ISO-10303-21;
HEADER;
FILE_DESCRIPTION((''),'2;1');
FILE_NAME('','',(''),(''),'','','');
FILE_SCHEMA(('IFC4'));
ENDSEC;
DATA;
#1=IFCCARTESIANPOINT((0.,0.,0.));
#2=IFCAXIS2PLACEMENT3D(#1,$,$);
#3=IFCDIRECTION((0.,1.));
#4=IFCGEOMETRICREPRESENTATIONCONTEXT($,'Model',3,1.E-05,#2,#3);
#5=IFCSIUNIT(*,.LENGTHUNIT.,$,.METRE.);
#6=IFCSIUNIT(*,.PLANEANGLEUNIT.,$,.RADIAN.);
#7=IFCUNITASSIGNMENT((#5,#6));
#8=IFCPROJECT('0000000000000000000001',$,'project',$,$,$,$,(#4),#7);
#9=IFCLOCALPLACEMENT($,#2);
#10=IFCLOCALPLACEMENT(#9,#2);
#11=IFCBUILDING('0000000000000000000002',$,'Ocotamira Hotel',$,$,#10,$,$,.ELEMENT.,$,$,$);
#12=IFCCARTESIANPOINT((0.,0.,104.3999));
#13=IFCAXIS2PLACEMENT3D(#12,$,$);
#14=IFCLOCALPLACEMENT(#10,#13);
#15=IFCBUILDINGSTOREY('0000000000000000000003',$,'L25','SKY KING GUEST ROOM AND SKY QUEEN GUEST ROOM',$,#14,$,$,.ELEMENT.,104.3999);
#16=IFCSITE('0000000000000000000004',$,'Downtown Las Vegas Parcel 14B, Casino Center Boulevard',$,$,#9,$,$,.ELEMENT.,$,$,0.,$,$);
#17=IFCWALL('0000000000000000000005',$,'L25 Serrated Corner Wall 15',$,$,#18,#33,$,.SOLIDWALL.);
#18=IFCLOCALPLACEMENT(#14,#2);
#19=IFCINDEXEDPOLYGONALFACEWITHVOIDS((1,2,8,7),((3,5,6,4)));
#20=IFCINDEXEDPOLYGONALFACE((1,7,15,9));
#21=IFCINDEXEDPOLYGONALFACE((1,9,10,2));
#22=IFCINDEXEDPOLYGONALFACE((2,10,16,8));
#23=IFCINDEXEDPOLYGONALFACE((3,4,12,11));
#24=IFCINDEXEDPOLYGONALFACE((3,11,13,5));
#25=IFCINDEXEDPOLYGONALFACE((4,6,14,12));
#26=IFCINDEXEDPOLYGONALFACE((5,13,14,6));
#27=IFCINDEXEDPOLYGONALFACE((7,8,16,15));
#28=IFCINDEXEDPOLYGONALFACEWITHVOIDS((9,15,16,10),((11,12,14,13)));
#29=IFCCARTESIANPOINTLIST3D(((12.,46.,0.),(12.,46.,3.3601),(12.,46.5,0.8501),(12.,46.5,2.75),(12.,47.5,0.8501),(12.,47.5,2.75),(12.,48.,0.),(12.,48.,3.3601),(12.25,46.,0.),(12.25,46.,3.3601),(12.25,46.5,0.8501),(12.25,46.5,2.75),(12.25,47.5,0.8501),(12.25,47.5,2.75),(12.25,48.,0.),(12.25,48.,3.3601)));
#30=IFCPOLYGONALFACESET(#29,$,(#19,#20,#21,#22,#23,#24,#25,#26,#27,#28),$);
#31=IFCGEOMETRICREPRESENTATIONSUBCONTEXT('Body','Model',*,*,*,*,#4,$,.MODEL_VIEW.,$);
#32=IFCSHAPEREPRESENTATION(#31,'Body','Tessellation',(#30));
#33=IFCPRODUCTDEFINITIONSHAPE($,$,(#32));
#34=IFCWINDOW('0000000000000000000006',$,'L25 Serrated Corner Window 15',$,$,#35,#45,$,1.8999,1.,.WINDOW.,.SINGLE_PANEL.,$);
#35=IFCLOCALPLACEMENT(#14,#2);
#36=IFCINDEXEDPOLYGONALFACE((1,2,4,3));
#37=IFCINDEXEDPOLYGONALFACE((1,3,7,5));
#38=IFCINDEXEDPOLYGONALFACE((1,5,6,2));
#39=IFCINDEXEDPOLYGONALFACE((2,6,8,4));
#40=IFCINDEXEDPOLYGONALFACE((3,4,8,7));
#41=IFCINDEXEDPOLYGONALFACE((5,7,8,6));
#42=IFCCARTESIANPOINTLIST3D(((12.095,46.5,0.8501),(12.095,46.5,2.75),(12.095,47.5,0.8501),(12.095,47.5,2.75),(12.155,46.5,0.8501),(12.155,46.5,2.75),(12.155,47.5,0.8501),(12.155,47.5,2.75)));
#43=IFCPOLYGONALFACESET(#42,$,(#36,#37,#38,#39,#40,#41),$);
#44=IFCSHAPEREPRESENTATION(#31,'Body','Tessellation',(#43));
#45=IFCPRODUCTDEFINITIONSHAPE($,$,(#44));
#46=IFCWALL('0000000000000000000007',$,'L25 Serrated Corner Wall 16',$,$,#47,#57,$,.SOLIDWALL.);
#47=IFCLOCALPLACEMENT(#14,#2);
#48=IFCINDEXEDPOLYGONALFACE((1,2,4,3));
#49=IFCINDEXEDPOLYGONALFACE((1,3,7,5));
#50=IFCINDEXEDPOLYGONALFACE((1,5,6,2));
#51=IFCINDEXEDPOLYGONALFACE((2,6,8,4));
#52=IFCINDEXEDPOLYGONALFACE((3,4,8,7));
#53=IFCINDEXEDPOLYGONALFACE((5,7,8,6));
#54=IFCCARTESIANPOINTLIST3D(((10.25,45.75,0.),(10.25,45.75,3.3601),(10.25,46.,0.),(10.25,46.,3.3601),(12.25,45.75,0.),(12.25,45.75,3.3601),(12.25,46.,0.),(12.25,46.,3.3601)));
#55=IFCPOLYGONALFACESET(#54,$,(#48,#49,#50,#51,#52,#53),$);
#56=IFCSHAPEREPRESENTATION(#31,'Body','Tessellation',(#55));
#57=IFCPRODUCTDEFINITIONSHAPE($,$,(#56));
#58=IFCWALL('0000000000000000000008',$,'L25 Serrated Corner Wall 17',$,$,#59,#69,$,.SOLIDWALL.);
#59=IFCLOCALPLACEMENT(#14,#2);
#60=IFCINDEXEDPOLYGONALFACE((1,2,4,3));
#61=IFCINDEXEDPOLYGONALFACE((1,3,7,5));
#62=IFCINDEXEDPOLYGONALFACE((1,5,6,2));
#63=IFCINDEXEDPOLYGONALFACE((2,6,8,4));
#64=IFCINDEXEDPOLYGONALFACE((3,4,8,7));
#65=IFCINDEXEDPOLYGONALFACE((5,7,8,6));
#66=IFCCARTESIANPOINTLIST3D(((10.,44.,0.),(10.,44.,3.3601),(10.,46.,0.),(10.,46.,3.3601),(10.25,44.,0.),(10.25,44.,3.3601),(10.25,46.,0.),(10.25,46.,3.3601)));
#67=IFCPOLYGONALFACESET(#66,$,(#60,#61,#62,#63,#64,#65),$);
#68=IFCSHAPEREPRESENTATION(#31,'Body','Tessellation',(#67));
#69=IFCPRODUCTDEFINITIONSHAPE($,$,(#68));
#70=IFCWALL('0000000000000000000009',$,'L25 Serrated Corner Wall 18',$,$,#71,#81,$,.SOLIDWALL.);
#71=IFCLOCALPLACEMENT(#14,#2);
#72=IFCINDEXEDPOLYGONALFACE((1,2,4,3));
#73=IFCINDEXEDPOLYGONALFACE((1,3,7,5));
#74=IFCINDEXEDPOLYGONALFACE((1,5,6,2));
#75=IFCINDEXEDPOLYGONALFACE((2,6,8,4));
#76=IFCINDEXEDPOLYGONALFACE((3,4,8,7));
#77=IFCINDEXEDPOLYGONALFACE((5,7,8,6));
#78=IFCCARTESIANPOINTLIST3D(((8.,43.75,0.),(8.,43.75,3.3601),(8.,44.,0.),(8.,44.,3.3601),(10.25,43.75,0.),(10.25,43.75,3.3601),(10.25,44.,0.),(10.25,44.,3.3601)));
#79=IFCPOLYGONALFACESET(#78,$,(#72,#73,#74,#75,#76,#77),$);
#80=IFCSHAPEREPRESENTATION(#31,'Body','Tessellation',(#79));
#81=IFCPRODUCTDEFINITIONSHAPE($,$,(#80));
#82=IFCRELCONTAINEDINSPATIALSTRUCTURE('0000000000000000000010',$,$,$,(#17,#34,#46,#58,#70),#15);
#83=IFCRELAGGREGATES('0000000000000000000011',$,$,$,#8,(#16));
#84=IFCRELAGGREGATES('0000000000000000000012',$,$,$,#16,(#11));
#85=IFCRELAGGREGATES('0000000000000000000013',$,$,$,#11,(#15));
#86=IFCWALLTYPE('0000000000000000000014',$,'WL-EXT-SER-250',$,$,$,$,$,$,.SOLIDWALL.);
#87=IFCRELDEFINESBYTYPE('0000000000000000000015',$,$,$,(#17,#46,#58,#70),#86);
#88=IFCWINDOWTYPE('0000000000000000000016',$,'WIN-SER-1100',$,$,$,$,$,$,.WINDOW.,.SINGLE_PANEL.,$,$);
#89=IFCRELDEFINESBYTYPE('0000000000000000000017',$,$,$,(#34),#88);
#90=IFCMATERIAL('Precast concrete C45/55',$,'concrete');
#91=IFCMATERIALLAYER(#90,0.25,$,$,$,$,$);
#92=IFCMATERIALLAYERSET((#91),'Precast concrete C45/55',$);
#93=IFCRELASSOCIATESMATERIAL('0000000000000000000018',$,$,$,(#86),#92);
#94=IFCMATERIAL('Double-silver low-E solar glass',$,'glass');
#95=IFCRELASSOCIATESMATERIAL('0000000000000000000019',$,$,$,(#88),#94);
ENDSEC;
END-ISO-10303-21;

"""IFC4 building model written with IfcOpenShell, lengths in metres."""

from ifc_helpers import new_model, si_unit, direction, frame, frame_2d, origin, place, context, subcontext, project, spatial, rectangle, extrude, source, transform, mapped, material, layer, layer_set, type_object, element, fill, save


model = new_model("IFC4")

# Units and contexts
model_context = context("Model", 3, precision=1e-05, world=origin(), true_north=direction((0.0, 1.0)))
body_context = subcontext(model_context, "Body", "Model", "MODEL_VIEW")
ifc_project = project(units=[si_unit("LENGTHUNIT", "METRE"), si_unit("PLANEANGLEUNIT", "RADIAN")], contexts=[model_context])

# Site, building, storey
site_placement = place(None, origin())
site = spatial("IfcSite", under=ifc_project, at=site_placement, Name="Downtown Las Vegas Parcel 14B, Casino Center Boulevard", CompositionType="ELEMENT", RefElevation=0.0)
building_placement = place(site_placement, origin())
building = spatial("IfcBuilding", under=site, at=building_placement, Name="Ocotamira Hotel", CompositionType="ELEMENT")
storey_placement = place(building_placement, frame((0.0, 0.0, 104.3999)))
storey = spatial("IfcBuildingStorey", under=building, at=storey_placement, Name="L25", Description="SKY KING GUEST ROOM AND SKY QUEEN GUEST ROOM", CompositionType="ELEMENT", Elevation=104.3999)

# Shared definitions
ifc_material_1 = material(Name="Precast concrete C45/55", Category="concrete")
ifc_layer_1 = layer(ifc_material_1, 0.25)
ifc_layer_set_1 = layer_set([ifc_layer_1], Name="Precast concrete C45/55")
wall_type = type_object("IfcWallType", Name="WL-EXT-SER-250", PredefinedType="SOLIDWALL", material=ifc_layer_set_1)

# Wall, opening, window
wall_1_placement = place(storey_placement, frame((12.125, 48.0, 0.0), z_axis=(0.0, 0.0, 1.0), x_axis=(0.0, -1.0, 0.0)))
wall_1 = element("IfcWall", 1, at=wall_1_placement, inside=storey, type_object=wall_type, Name="L25 Serrated Corner Wall 15", PredefinedType="SOLIDWALL", context=body_context, shape_type="SweptSolid", body=[
    extrude(rectangle(XDim=2.0, YDim=0.25, at=frame_2d((1.0, 0.0))), origin(), (0.0, 0.0, 1.0), 3.3601),
])
opening_placement = place(wall_1_placement, frame((0.5, 0.0, 0.8501)))
opening = element("IfcOpeningElement", 2, at=opening_placement, cuts=wall_1, PredefinedType="OPENING", context=body_context, shape_type="SweptSolid", body=[
    extrude(rectangle(XDim=1.0, YDim=1.8999, at=frame_2d((0.5, 0.95))), frame((0.0, 0.135, 0.0), z_axis=(0.0, -1.0, 0.0), x_axis=(1.0, 0.0, 0.0)), (0.0, 0.0, 1.0), 0.27),
])
ifc_material_2 = material(Name="Double-silver low-E solar glass", Category="glass")
window_type = type_object("IfcWindowType", Name="WIN-SER-1100", PartitioningType="SINGLE_PANEL", PredefinedType="WINDOW", material=ifc_material_2)
shared_shape_1 = source(origin(), body_context, "Body", "SweptSolid", [
    extrude(rectangle(XDim=1.0, YDim=1.8999, at=frame_2d((0.5, 0.95))), frame((0.0, 0.03, 0.0), z_axis=(0.0, -1.0, 0.0), x_axis=(1.0, 0.0, 0.0)), (0.0, 0.0, 1.0), 0.0601),
])
window_placement = place(opening_placement, origin())
window = element("IfcWindow", 3, at=window_placement, inside=storey, type_object=window_type, Name="L25 Serrated Corner Window 15", OverallHeight=1.8999, OverallWidth=1.0, PartitioningType="SINGLE_PANEL", PredefinedType="WINDOW", context=body_context, shape_type="MappedRepresentation", body=[
    mapped(shared_shape_1, transform((0.0, 0.0, 0.0), scale=1.0)),
])
fill(opening, window)

# Walls
for number, where, z_axis, x_axis, name in (
    (4, (12.25, 45.875, 0.0), (0.0, 0.0, 1.0), (-1.0, 0.0, 0.0), "L25 Serrated Corner Wall 16"),
    (5, (10.125, 46.0, 0.0), (0.0, 0.0, 1.0), (0.0, -1.0, 0.0), "L25 Serrated Corner Wall 17"),
):
    element("IfcWall", number, at=place(storey_placement, frame(where, z_axis=z_axis, x_axis=x_axis)), inside=storey, type_object=wall_type, Name=name, PredefinedType="SOLIDWALL", context=body_context, shape_type="SweptSolid", body=[
        extrude(rectangle(XDim=2.0, YDim=0.25, at=frame_2d((1.0, 0.0))), origin(), (0.0, 0.0, 1.0), 3.3601),
    ])
wall_2_placement = place(storey_placement, frame((10.25, 43.875, 0.0), z_axis=(0.0, 0.0, 1.0), x_axis=(-1.0, 0.0, 0.0)))
element("IfcWall", 6, at=wall_2_placement, inside=storey, type_object=wall_type, Name="L25 Serrated Corner Wall 18", PredefinedType="SOLIDWALL", context=body_context, shape_type="SweptSolid", body=[
    extrude(rectangle(XDim=2.25, YDim=0.25, at=frame_2d((1.125, 0.0))), origin(), (0.0, 0.0, 1.0), 3.3601),
])

save(model, "model.ifc")
